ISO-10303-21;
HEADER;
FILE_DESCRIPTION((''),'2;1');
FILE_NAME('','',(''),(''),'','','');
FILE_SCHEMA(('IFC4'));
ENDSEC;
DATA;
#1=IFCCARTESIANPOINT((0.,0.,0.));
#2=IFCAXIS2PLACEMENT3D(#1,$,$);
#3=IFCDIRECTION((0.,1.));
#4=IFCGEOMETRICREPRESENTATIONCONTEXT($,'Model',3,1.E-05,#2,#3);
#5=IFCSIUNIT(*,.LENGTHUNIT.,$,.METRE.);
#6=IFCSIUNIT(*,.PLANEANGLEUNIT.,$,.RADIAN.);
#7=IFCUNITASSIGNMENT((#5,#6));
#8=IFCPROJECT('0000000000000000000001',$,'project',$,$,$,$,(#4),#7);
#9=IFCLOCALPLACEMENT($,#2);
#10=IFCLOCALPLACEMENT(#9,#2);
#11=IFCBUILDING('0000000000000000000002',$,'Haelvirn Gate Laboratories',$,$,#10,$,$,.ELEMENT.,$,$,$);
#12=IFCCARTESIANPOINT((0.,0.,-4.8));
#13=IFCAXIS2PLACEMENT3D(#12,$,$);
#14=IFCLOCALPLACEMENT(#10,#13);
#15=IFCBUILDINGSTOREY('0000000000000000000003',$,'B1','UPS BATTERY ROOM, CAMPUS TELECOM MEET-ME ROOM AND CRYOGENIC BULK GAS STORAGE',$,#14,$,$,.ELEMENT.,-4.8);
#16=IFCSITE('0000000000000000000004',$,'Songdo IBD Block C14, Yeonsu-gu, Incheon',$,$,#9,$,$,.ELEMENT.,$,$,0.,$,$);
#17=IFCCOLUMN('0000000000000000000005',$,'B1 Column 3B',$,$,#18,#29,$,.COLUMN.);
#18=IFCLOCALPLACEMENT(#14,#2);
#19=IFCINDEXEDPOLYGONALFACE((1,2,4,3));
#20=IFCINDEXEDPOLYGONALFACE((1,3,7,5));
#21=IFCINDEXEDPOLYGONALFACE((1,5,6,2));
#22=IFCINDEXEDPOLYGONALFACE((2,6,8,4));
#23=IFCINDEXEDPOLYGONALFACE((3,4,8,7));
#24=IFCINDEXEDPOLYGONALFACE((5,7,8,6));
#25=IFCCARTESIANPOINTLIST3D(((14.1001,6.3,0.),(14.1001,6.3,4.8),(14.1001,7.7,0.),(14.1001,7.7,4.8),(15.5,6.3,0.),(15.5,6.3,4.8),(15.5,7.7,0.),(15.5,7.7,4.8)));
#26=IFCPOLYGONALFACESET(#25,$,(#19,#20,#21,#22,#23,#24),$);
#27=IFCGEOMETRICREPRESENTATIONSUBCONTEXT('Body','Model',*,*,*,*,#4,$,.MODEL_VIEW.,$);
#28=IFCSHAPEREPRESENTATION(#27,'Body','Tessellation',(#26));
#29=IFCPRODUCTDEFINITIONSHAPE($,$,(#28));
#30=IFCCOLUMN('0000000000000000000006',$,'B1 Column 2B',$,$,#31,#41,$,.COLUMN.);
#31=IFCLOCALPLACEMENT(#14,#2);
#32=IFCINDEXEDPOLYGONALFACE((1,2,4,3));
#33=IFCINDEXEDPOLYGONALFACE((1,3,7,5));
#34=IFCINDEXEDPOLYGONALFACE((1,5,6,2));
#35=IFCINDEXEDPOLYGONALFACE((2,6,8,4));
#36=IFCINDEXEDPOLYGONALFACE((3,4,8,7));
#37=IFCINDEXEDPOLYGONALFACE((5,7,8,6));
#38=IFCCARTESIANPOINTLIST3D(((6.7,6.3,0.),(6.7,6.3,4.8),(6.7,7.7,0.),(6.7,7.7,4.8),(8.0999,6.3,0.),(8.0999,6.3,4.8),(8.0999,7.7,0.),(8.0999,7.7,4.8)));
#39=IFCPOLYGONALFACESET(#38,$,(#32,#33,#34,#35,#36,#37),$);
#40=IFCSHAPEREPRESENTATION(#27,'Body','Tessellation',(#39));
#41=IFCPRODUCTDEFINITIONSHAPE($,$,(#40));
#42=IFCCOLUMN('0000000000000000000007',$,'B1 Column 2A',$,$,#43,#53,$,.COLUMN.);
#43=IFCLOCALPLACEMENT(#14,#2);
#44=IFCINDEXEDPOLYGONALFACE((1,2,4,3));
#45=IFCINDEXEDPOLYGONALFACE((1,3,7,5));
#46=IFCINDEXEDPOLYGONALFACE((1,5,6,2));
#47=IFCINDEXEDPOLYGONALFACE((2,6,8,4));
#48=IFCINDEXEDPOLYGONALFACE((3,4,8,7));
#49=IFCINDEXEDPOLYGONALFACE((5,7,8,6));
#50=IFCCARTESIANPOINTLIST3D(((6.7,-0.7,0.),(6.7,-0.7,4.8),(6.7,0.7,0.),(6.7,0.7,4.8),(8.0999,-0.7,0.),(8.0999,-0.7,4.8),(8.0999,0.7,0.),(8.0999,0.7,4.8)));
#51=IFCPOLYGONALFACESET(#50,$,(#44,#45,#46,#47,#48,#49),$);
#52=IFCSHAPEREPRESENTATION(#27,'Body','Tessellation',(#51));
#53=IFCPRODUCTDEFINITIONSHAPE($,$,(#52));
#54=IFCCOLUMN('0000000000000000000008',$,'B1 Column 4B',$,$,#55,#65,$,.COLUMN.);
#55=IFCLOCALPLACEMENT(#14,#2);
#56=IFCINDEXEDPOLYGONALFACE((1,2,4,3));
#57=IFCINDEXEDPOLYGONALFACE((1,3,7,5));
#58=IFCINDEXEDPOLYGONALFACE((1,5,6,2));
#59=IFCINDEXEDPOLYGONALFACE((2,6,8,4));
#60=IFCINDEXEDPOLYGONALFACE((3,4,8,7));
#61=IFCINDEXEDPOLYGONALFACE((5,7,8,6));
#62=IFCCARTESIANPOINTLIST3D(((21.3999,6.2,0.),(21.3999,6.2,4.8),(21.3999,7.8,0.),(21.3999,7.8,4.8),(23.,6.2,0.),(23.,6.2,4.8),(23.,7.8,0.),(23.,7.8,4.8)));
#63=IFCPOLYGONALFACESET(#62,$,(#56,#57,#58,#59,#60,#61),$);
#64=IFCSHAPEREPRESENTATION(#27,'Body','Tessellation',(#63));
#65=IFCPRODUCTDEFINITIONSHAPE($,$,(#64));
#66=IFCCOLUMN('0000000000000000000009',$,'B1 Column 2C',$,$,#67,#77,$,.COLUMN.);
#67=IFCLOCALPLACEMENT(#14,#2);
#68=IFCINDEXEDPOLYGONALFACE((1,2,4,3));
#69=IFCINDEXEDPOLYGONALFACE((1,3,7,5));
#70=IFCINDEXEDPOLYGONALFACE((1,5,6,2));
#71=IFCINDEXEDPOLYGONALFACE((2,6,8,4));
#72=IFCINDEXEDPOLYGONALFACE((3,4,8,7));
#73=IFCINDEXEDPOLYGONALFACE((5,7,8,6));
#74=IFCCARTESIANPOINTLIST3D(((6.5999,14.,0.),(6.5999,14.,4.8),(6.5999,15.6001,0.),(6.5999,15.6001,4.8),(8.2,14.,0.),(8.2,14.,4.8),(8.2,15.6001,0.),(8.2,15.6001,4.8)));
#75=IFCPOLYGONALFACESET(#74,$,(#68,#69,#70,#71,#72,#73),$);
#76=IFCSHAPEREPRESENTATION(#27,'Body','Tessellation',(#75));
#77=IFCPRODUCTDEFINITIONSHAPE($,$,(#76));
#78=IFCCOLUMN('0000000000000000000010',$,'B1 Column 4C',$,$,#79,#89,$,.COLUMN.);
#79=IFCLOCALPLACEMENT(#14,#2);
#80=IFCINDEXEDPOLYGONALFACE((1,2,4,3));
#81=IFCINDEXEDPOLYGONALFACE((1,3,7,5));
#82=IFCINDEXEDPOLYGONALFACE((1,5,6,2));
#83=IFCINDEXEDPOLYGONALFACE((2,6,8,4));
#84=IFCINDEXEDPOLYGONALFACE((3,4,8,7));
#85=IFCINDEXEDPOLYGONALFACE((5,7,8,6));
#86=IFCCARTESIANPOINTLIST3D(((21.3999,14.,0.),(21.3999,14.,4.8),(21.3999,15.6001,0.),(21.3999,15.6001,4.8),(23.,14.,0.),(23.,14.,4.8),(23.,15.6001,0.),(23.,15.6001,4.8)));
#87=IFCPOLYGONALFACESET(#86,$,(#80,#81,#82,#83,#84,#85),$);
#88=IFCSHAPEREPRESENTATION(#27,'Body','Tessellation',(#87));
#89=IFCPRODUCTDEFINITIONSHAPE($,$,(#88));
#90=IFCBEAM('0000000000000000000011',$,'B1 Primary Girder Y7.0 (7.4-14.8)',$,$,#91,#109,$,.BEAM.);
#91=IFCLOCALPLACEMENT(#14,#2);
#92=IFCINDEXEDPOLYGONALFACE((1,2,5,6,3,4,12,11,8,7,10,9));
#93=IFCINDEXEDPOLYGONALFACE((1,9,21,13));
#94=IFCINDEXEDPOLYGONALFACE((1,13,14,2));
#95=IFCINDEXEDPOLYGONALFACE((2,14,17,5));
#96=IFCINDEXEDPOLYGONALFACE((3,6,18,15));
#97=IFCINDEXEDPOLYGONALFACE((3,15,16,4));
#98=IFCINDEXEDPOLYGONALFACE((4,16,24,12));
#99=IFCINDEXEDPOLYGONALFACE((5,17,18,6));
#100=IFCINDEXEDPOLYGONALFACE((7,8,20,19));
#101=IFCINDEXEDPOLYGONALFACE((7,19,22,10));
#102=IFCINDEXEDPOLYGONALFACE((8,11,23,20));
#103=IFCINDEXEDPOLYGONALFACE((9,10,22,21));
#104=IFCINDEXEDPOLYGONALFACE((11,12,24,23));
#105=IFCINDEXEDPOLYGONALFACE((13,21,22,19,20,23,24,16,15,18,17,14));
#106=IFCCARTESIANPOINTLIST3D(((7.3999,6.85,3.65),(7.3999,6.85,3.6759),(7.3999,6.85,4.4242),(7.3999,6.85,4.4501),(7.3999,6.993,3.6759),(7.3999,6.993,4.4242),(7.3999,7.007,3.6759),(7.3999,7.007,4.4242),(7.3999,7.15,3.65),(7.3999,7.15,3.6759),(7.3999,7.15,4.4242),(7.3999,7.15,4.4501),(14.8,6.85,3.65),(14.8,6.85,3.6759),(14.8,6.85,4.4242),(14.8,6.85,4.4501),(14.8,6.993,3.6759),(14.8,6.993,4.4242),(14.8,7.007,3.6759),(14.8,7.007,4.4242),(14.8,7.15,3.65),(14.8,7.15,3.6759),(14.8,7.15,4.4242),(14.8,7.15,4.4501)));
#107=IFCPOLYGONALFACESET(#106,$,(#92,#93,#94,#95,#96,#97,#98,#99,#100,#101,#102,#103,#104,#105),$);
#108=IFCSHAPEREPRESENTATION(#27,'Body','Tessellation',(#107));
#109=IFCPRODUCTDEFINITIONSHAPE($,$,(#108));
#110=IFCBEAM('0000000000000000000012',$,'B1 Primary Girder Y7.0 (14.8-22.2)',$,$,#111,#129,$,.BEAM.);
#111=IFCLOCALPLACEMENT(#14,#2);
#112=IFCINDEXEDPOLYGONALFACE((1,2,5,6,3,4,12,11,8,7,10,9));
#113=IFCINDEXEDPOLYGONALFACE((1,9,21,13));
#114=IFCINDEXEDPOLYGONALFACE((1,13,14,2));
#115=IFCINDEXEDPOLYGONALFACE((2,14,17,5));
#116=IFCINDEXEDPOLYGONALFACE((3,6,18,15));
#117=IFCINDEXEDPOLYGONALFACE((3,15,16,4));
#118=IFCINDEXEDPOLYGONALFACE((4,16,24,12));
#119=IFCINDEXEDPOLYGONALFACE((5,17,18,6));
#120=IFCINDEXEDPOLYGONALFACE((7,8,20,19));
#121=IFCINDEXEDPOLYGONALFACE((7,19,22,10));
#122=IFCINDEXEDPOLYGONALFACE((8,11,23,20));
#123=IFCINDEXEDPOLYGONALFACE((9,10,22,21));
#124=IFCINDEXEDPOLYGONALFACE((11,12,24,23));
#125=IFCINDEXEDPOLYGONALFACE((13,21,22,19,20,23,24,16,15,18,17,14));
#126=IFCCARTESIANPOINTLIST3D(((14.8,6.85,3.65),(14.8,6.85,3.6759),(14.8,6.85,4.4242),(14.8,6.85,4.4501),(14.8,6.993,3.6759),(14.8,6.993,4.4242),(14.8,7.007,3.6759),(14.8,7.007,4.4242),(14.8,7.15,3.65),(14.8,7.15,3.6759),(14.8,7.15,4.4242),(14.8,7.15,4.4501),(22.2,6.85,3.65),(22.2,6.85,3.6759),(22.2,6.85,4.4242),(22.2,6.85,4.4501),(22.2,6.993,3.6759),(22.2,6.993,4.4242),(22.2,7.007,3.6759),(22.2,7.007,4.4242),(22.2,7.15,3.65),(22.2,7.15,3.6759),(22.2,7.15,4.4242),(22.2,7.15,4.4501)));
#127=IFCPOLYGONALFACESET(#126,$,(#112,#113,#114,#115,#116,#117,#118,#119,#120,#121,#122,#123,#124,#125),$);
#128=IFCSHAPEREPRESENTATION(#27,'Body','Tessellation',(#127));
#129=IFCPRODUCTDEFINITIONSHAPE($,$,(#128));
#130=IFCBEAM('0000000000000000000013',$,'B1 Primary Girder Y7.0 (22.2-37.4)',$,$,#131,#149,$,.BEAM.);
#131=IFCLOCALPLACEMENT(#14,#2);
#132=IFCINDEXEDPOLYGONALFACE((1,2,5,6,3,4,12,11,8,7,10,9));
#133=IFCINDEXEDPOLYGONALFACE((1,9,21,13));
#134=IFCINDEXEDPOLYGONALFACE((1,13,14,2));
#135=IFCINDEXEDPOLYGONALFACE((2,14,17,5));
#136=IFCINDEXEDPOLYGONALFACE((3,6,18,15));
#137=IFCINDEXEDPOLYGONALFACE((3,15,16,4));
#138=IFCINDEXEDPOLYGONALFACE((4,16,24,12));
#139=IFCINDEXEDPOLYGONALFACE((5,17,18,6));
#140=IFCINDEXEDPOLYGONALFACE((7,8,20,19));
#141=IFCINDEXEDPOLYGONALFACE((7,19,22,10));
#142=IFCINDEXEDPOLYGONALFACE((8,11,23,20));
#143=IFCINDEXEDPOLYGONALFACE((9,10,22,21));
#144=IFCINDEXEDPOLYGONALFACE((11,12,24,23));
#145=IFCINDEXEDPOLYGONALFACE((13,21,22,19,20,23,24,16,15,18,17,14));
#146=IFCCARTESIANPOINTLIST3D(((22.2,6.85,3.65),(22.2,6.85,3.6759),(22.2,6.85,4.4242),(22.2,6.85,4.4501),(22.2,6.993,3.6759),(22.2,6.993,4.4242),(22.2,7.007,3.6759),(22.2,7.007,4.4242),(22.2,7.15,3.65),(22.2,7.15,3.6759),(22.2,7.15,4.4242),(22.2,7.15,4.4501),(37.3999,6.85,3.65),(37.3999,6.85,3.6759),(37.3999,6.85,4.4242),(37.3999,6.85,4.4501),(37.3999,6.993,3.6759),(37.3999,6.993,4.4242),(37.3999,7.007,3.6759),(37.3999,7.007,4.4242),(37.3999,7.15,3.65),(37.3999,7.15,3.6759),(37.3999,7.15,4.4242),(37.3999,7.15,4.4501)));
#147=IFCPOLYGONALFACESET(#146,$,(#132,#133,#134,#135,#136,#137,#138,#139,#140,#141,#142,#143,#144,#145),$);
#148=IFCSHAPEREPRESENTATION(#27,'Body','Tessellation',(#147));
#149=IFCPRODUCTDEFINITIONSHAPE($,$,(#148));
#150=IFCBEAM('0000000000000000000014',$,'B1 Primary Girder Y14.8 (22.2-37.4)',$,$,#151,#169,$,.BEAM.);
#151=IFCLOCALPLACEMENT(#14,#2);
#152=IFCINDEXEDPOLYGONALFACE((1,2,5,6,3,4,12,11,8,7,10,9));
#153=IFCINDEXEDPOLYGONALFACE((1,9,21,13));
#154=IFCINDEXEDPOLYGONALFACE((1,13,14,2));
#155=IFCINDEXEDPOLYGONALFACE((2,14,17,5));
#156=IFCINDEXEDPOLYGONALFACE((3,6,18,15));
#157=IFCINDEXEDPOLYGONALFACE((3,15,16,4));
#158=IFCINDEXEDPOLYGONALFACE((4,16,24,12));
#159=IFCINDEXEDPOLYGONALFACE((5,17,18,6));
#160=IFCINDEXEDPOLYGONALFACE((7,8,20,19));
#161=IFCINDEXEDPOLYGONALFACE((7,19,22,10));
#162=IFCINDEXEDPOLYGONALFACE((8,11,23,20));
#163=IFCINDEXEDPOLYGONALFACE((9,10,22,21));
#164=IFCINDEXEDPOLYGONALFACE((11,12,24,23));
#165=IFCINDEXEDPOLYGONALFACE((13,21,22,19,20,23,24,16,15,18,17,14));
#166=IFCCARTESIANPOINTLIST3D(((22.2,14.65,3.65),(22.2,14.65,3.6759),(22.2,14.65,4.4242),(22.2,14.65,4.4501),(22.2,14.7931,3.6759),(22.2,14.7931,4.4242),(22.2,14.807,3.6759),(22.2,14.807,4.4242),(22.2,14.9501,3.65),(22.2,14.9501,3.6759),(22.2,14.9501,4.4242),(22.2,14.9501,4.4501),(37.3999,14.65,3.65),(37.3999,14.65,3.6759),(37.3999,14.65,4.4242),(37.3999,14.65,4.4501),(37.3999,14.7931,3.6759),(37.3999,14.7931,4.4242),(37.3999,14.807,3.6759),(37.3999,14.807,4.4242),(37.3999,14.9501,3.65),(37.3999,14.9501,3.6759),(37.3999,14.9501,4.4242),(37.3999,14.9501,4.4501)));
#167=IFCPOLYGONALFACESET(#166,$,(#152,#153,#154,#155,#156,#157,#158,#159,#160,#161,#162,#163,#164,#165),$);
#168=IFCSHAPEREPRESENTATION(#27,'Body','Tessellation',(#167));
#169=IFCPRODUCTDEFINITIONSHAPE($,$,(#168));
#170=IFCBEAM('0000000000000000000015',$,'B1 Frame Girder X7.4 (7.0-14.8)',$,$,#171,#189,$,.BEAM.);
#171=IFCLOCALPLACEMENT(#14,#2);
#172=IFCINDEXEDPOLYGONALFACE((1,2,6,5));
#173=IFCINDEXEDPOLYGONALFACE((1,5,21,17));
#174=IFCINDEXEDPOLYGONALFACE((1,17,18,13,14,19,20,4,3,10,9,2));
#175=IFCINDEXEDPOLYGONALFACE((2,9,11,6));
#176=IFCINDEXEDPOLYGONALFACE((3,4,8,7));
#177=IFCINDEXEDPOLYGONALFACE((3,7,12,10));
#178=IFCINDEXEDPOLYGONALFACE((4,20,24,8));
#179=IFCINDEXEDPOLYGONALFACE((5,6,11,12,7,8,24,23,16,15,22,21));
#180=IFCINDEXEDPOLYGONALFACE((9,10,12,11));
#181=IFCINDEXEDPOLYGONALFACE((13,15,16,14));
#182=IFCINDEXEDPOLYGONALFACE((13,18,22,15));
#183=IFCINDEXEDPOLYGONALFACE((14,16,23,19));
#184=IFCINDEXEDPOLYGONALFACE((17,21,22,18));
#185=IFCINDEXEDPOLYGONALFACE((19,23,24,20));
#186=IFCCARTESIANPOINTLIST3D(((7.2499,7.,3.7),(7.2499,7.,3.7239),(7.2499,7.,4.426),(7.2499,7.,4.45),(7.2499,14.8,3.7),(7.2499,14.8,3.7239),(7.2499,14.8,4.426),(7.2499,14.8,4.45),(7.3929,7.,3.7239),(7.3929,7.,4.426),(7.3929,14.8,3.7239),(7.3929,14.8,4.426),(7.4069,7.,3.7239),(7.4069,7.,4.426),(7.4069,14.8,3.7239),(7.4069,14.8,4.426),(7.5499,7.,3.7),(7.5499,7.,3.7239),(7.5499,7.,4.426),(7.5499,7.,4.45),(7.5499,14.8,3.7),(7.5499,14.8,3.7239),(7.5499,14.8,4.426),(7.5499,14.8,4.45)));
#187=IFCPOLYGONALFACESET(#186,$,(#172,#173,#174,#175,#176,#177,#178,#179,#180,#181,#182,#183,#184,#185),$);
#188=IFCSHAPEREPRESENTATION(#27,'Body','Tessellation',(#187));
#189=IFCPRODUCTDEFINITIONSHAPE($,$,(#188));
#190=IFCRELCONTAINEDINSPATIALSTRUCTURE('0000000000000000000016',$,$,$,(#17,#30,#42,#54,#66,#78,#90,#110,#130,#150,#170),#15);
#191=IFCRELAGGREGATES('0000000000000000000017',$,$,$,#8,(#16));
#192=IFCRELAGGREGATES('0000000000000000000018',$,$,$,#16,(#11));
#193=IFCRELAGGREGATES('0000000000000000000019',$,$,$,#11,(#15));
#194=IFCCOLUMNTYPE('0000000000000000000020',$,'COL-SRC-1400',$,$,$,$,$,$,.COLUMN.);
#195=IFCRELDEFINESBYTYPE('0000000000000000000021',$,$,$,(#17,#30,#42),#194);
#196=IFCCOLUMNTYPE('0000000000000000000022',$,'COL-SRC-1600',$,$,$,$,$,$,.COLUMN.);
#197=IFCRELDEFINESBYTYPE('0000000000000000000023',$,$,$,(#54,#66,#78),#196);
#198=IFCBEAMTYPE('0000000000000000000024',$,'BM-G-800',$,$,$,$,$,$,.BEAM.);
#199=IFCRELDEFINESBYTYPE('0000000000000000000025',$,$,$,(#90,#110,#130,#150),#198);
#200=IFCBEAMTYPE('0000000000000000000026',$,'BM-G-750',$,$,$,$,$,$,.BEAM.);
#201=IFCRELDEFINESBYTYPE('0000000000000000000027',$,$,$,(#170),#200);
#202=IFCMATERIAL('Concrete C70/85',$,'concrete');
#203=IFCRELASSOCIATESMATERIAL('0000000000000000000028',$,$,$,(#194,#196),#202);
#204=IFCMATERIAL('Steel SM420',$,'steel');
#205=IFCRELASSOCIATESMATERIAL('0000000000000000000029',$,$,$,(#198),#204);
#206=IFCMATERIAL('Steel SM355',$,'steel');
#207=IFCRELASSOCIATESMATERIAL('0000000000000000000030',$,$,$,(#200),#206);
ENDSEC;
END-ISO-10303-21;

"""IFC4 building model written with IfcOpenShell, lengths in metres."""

from ifc_helpers import new_model, si_unit, direction, frame, origin, origin_2d, place, context, subcontext, project, spatial, rectangle, i_section, extrude, source, transform, mapped, material, material_profile, profile_set, type_object, type_shapes, element, save


model = new_model("IFC4")

# Units and contexts
model_context = context("Model", 3, precision=1e-05, world=origin(), true_north=direction((0.0, 1.0)))
body_context = subcontext(model_context, "Body", "Model", "MODEL_VIEW")
ifc_project = project(units=[si_unit("LENGTHUNIT", "METRE"), si_unit("PLANEANGLEUNIT", "RADIAN")], contexts=[model_context])

# Site, building, storey
site_placement = place(None, origin())
site = spatial("IfcSite", under=ifc_project, at=site_placement, Name="Songdo IBD Block C14, Yeonsu-gu, Incheon", CompositionType="ELEMENT", RefElevation=0.0)
building_placement = place(site_placement, origin())
building = spatial("IfcBuilding", under=site, at=building_placement, Name="Haelvirn Gate Laboratories", CompositionType="ELEMENT")
storey_placement = place(building_placement, frame((0.0, 0.0, -4.8)))
storey = spatial("IfcBuildingStorey", under=building, at=storey_placement, Name="B1", Description="UPS BATTERY ROOM, CAMPUS TELECOM MEET-ME ROOM AND CRYOGENIC BULK GAS STORAGE", CompositionType="ELEMENT", Elevation=-4.8)

# Columns
ifc_material_1 = material(Name="Concrete C70/85", Category="concrete")
ifc_material_profile_1 = material_profile(ifc_material_1, rectangle(XDim=1.3999, YDim=1.3999, at=origin_2d()), Name="SRC-1400x1400")
ifc_profile_set_1 = profile_set([ifc_material_profile_1], Name="Concrete C70/85")
column_type_1 = type_object("IfcColumnType", Name="COL-SRC-1400", PredefinedType="COLUMN", material=ifc_profile_set_1)
shared_shape_1 = source(origin(), body_context, "Body", "SweptSolid", [
    extrude(rectangle(XDim=1.3999, YDim=1.3999, at=origin_2d()), origin(), (0.0, 0.0, 1.0), 4.8),
])
type_shapes(column_type_1, [shared_shape_1])
for number, where, z_axis, x_axis, name in (
    (1, (14.8, 7.0, 0.0), (0.0, 0.0, 1.0), (1.0, 0.0, 0.0), "B1 Column 3B"),
    (2, (7.3999, 7.0, 0.0), (0.0, 0.0, 1.0), (1.0, 0.0, 0.0), "B1 Column 2B"),
    (3, (7.3999, 0.0, 0.0), (0.0, 0.0, 1.0), (1.0, 0.0, 0.0), "B1 Column 2A"),
):
    element("IfcColumn", number, at=place(storey_placement, frame(where, z_axis=z_axis, x_axis=x_axis)), inside=storey, type_object=column_type_1, Name=name, PredefinedType="COLUMN", context=body_context, shape_type="MappedRepresentation", body=[
        mapped(shared_shape_1, transform((0.0, 0.0, 0.0), scale=1.0)),
    ])
ifc_material_profile_2 = material_profile(ifc_material_1, rectangle(XDim=1.6001, YDim=1.6001, at=origin_2d()), Name="SRC-1600x1600")
ifc_profile_set_2 = profile_set([ifc_material_profile_2], Name="Concrete C70/85")
column_type_2 = type_object("IfcColumnType", Name="COL-SRC-1600", PredefinedType="COLUMN", material=ifc_profile_set_2)
shared_shape_2 = source(origin(), body_context, "Body", "SweptSolid", [
    extrude(rectangle(XDim=1.6001, YDim=1.6001, at=origin_2d()), origin(), (0.0, 0.0, 1.0), 4.8),
])
type_shapes(column_type_2, [shared_shape_2])
for number, where, z_axis, x_axis, name in (
    (4, (22.2, 7.0, 0.0), (0.0, 0.0, 1.0), (1.0, 0.0, 0.0), "B1 Column 4B"),
    (5, (7.3999, 14.8, 0.0), (0.0, 0.0, 1.0), (1.0, 0.0, 0.0), "B1 Column 2C"),
    (6, (22.2, 14.8, 0.0), (0.0, 0.0, 1.0), (1.0, 0.0, 0.0), "B1 Column 4C"),
):
    element("IfcColumn", number, at=place(storey_placement, frame(where, z_axis=z_axis, x_axis=x_axis)), inside=storey, type_object=column_type_2, Name=name, PredefinedType="COLUMN", context=body_context, shape_type="MappedRepresentation", body=[
        mapped(shared_shape_2, transform((0.0, 0.0, 0.0), scale=1.0)),
    ])

# Beams
ifc_material_2 = material(Name="Steel SM420", Category="steel")
ifc_material_profile_3 = material_profile(ifc_material_2, i_section(OverallWidth=0.3, OverallDepth=0.8, WebThickness=0.0139, FlangeThickness=0.0259, at=origin_2d()), Name="H-800x300x14x26")
ifc_profile_set_3 = profile_set([ifc_material_profile_3], Name="Steel SM420")
beam_type_1 = type_object("IfcBeamType", Name="BM-G-800", PredefinedType="BEAM", material=ifc_profile_set_3)
shared_shape_3 = source(origin(), body_context, "Body", "SweptSolid", [
    extrude(i_section(OverallWidth=0.3, OverallDepth=0.8, WebThickness=0.0139, FlangeThickness=0.0259, at=origin_2d()), origin(), (0.0, 0.0, 1.0), 7.4001),
])
beam_1_placement = place(storey_placement, frame((7.3999, 7.0, 4.05), z_axis=(1.0, 0.0, 0.0), x_axis=(0.0, 1.0, 0.0)))
element("IfcBeam", 7, at=beam_1_placement, inside=storey, type_object=beam_type_1, Name="B1 Primary Girder Y7.0 (7.4-14.8)", PredefinedType="BEAM", context=body_context, shape_type="MappedRepresentation", body=[
    mapped(shared_shape_3, transform((0.0, 0.0, 0.0), scale=1.0)),
])
shared_shape_4 = source(origin(), body_context, "Body", "SweptSolid", [
    extrude(i_section(OverallWidth=0.3, OverallDepth=0.8, WebThickness=0.0139, FlangeThickness=0.0259, at=origin_2d()), origin(), (0.0, 0.0, 1.0), 7.3999),
])
beam_2_placement = place(storey_placement, frame((14.8, 7.0, 4.05), z_axis=(1.0, 0.0, 0.0), x_axis=(0.0, 1.0, 0.0)))
element("IfcBeam", 8, at=beam_2_placement, inside=storey, type_object=beam_type_1, Name="B1 Primary Girder Y7.0 (14.8-22.2)", PredefinedType="BEAM", context=body_context, shape_type="MappedRepresentation", body=[
    mapped(shared_shape_4, transform((0.0, 0.0, 0.0), scale=1.0)),
])
shared_shape_5 = source(origin(), body_context, "Body", "SweptSolid", [
    extrude(i_section(OverallWidth=0.3, OverallDepth=0.8, WebThickness=0.0139, FlangeThickness=0.0259, at=origin_2d()), origin(), (0.0, 0.0, 1.0), 15.2),
])
type_shapes(beam_type_1, [shared_shape_3, shared_shape_4, shared_shape_5])
for number, where, z_axis, x_axis, name in (
    (9, (22.2, 7.0, 4.05), (1.0, 0.0, 0.0), (0.0, 1.0, 0.0), "B1 Primary Girder Y7.0 (22.2-37.4)"),
    (10, (22.2, 14.8, 4.05), (1.0, 0.0, 0.0), (0.0, 1.0, 0.0), "B1 Primary Girder Y14.8 (22.2-37.4)"),
):
    element("IfcBeam", number, at=place(storey_placement, frame(where, z_axis=z_axis, x_axis=x_axis)), inside=storey, type_object=beam_type_1, Name=name, PredefinedType="BEAM", context=body_context, shape_type="MappedRepresentation", body=[
        mapped(shared_shape_5, transform((0.0, 0.0, 0.0), scale=1.0)),
    ])
ifc_material_3 = material(Name="Steel SM355", Category="steel")
ifc_material_profile_4 = material_profile(ifc_material_3, i_section(OverallWidth=0.3, OverallDepth=0.75, WebThickness=0.0139, FlangeThickness=0.0239, at=origin_2d()), Name="H-750x300x14x24")
ifc_profile_set_4 = profile_set([ifc_material_profile_4], Name="Steel SM355")
beam_type_2 = type_object("IfcBeamType", Name="BM-G-750", PredefinedType="BEAM", material=ifc_profile_set_4)
shared_shape_6 = source(origin(), body_context, "Body", "SweptSolid", [
    extrude(i_section(OverallWidth=0.3, OverallDepth=0.75, WebThickness=0.0139, FlangeThickness=0.0239, at=origin_2d()), origin(), (0.0, 0.0, 1.0), 7.8),
])
for number, where, z_axis, x_axis, name in (
    (11, (7.3999, 7.0, 4.075), (0.0, 1.0, 0.0), (-1.0, 0.0, 0.0), "B1 Frame Girder X7.4 (7.0-14.8)"),
):
    element("IfcBeam", number, at=place(storey_placement, frame(where, z_axis=z_axis, x_axis=x_axis)), inside=storey, type_object=beam_type_2, Name=name, PredefinedType="BEAM", context=body_context, shape_type="MappedRepresentation", body=[
        mapped(shared_shape_6, transform((0.0, 0.0, 0.0), scale=1.0)),
    ])

save(model, "model.ifc")
